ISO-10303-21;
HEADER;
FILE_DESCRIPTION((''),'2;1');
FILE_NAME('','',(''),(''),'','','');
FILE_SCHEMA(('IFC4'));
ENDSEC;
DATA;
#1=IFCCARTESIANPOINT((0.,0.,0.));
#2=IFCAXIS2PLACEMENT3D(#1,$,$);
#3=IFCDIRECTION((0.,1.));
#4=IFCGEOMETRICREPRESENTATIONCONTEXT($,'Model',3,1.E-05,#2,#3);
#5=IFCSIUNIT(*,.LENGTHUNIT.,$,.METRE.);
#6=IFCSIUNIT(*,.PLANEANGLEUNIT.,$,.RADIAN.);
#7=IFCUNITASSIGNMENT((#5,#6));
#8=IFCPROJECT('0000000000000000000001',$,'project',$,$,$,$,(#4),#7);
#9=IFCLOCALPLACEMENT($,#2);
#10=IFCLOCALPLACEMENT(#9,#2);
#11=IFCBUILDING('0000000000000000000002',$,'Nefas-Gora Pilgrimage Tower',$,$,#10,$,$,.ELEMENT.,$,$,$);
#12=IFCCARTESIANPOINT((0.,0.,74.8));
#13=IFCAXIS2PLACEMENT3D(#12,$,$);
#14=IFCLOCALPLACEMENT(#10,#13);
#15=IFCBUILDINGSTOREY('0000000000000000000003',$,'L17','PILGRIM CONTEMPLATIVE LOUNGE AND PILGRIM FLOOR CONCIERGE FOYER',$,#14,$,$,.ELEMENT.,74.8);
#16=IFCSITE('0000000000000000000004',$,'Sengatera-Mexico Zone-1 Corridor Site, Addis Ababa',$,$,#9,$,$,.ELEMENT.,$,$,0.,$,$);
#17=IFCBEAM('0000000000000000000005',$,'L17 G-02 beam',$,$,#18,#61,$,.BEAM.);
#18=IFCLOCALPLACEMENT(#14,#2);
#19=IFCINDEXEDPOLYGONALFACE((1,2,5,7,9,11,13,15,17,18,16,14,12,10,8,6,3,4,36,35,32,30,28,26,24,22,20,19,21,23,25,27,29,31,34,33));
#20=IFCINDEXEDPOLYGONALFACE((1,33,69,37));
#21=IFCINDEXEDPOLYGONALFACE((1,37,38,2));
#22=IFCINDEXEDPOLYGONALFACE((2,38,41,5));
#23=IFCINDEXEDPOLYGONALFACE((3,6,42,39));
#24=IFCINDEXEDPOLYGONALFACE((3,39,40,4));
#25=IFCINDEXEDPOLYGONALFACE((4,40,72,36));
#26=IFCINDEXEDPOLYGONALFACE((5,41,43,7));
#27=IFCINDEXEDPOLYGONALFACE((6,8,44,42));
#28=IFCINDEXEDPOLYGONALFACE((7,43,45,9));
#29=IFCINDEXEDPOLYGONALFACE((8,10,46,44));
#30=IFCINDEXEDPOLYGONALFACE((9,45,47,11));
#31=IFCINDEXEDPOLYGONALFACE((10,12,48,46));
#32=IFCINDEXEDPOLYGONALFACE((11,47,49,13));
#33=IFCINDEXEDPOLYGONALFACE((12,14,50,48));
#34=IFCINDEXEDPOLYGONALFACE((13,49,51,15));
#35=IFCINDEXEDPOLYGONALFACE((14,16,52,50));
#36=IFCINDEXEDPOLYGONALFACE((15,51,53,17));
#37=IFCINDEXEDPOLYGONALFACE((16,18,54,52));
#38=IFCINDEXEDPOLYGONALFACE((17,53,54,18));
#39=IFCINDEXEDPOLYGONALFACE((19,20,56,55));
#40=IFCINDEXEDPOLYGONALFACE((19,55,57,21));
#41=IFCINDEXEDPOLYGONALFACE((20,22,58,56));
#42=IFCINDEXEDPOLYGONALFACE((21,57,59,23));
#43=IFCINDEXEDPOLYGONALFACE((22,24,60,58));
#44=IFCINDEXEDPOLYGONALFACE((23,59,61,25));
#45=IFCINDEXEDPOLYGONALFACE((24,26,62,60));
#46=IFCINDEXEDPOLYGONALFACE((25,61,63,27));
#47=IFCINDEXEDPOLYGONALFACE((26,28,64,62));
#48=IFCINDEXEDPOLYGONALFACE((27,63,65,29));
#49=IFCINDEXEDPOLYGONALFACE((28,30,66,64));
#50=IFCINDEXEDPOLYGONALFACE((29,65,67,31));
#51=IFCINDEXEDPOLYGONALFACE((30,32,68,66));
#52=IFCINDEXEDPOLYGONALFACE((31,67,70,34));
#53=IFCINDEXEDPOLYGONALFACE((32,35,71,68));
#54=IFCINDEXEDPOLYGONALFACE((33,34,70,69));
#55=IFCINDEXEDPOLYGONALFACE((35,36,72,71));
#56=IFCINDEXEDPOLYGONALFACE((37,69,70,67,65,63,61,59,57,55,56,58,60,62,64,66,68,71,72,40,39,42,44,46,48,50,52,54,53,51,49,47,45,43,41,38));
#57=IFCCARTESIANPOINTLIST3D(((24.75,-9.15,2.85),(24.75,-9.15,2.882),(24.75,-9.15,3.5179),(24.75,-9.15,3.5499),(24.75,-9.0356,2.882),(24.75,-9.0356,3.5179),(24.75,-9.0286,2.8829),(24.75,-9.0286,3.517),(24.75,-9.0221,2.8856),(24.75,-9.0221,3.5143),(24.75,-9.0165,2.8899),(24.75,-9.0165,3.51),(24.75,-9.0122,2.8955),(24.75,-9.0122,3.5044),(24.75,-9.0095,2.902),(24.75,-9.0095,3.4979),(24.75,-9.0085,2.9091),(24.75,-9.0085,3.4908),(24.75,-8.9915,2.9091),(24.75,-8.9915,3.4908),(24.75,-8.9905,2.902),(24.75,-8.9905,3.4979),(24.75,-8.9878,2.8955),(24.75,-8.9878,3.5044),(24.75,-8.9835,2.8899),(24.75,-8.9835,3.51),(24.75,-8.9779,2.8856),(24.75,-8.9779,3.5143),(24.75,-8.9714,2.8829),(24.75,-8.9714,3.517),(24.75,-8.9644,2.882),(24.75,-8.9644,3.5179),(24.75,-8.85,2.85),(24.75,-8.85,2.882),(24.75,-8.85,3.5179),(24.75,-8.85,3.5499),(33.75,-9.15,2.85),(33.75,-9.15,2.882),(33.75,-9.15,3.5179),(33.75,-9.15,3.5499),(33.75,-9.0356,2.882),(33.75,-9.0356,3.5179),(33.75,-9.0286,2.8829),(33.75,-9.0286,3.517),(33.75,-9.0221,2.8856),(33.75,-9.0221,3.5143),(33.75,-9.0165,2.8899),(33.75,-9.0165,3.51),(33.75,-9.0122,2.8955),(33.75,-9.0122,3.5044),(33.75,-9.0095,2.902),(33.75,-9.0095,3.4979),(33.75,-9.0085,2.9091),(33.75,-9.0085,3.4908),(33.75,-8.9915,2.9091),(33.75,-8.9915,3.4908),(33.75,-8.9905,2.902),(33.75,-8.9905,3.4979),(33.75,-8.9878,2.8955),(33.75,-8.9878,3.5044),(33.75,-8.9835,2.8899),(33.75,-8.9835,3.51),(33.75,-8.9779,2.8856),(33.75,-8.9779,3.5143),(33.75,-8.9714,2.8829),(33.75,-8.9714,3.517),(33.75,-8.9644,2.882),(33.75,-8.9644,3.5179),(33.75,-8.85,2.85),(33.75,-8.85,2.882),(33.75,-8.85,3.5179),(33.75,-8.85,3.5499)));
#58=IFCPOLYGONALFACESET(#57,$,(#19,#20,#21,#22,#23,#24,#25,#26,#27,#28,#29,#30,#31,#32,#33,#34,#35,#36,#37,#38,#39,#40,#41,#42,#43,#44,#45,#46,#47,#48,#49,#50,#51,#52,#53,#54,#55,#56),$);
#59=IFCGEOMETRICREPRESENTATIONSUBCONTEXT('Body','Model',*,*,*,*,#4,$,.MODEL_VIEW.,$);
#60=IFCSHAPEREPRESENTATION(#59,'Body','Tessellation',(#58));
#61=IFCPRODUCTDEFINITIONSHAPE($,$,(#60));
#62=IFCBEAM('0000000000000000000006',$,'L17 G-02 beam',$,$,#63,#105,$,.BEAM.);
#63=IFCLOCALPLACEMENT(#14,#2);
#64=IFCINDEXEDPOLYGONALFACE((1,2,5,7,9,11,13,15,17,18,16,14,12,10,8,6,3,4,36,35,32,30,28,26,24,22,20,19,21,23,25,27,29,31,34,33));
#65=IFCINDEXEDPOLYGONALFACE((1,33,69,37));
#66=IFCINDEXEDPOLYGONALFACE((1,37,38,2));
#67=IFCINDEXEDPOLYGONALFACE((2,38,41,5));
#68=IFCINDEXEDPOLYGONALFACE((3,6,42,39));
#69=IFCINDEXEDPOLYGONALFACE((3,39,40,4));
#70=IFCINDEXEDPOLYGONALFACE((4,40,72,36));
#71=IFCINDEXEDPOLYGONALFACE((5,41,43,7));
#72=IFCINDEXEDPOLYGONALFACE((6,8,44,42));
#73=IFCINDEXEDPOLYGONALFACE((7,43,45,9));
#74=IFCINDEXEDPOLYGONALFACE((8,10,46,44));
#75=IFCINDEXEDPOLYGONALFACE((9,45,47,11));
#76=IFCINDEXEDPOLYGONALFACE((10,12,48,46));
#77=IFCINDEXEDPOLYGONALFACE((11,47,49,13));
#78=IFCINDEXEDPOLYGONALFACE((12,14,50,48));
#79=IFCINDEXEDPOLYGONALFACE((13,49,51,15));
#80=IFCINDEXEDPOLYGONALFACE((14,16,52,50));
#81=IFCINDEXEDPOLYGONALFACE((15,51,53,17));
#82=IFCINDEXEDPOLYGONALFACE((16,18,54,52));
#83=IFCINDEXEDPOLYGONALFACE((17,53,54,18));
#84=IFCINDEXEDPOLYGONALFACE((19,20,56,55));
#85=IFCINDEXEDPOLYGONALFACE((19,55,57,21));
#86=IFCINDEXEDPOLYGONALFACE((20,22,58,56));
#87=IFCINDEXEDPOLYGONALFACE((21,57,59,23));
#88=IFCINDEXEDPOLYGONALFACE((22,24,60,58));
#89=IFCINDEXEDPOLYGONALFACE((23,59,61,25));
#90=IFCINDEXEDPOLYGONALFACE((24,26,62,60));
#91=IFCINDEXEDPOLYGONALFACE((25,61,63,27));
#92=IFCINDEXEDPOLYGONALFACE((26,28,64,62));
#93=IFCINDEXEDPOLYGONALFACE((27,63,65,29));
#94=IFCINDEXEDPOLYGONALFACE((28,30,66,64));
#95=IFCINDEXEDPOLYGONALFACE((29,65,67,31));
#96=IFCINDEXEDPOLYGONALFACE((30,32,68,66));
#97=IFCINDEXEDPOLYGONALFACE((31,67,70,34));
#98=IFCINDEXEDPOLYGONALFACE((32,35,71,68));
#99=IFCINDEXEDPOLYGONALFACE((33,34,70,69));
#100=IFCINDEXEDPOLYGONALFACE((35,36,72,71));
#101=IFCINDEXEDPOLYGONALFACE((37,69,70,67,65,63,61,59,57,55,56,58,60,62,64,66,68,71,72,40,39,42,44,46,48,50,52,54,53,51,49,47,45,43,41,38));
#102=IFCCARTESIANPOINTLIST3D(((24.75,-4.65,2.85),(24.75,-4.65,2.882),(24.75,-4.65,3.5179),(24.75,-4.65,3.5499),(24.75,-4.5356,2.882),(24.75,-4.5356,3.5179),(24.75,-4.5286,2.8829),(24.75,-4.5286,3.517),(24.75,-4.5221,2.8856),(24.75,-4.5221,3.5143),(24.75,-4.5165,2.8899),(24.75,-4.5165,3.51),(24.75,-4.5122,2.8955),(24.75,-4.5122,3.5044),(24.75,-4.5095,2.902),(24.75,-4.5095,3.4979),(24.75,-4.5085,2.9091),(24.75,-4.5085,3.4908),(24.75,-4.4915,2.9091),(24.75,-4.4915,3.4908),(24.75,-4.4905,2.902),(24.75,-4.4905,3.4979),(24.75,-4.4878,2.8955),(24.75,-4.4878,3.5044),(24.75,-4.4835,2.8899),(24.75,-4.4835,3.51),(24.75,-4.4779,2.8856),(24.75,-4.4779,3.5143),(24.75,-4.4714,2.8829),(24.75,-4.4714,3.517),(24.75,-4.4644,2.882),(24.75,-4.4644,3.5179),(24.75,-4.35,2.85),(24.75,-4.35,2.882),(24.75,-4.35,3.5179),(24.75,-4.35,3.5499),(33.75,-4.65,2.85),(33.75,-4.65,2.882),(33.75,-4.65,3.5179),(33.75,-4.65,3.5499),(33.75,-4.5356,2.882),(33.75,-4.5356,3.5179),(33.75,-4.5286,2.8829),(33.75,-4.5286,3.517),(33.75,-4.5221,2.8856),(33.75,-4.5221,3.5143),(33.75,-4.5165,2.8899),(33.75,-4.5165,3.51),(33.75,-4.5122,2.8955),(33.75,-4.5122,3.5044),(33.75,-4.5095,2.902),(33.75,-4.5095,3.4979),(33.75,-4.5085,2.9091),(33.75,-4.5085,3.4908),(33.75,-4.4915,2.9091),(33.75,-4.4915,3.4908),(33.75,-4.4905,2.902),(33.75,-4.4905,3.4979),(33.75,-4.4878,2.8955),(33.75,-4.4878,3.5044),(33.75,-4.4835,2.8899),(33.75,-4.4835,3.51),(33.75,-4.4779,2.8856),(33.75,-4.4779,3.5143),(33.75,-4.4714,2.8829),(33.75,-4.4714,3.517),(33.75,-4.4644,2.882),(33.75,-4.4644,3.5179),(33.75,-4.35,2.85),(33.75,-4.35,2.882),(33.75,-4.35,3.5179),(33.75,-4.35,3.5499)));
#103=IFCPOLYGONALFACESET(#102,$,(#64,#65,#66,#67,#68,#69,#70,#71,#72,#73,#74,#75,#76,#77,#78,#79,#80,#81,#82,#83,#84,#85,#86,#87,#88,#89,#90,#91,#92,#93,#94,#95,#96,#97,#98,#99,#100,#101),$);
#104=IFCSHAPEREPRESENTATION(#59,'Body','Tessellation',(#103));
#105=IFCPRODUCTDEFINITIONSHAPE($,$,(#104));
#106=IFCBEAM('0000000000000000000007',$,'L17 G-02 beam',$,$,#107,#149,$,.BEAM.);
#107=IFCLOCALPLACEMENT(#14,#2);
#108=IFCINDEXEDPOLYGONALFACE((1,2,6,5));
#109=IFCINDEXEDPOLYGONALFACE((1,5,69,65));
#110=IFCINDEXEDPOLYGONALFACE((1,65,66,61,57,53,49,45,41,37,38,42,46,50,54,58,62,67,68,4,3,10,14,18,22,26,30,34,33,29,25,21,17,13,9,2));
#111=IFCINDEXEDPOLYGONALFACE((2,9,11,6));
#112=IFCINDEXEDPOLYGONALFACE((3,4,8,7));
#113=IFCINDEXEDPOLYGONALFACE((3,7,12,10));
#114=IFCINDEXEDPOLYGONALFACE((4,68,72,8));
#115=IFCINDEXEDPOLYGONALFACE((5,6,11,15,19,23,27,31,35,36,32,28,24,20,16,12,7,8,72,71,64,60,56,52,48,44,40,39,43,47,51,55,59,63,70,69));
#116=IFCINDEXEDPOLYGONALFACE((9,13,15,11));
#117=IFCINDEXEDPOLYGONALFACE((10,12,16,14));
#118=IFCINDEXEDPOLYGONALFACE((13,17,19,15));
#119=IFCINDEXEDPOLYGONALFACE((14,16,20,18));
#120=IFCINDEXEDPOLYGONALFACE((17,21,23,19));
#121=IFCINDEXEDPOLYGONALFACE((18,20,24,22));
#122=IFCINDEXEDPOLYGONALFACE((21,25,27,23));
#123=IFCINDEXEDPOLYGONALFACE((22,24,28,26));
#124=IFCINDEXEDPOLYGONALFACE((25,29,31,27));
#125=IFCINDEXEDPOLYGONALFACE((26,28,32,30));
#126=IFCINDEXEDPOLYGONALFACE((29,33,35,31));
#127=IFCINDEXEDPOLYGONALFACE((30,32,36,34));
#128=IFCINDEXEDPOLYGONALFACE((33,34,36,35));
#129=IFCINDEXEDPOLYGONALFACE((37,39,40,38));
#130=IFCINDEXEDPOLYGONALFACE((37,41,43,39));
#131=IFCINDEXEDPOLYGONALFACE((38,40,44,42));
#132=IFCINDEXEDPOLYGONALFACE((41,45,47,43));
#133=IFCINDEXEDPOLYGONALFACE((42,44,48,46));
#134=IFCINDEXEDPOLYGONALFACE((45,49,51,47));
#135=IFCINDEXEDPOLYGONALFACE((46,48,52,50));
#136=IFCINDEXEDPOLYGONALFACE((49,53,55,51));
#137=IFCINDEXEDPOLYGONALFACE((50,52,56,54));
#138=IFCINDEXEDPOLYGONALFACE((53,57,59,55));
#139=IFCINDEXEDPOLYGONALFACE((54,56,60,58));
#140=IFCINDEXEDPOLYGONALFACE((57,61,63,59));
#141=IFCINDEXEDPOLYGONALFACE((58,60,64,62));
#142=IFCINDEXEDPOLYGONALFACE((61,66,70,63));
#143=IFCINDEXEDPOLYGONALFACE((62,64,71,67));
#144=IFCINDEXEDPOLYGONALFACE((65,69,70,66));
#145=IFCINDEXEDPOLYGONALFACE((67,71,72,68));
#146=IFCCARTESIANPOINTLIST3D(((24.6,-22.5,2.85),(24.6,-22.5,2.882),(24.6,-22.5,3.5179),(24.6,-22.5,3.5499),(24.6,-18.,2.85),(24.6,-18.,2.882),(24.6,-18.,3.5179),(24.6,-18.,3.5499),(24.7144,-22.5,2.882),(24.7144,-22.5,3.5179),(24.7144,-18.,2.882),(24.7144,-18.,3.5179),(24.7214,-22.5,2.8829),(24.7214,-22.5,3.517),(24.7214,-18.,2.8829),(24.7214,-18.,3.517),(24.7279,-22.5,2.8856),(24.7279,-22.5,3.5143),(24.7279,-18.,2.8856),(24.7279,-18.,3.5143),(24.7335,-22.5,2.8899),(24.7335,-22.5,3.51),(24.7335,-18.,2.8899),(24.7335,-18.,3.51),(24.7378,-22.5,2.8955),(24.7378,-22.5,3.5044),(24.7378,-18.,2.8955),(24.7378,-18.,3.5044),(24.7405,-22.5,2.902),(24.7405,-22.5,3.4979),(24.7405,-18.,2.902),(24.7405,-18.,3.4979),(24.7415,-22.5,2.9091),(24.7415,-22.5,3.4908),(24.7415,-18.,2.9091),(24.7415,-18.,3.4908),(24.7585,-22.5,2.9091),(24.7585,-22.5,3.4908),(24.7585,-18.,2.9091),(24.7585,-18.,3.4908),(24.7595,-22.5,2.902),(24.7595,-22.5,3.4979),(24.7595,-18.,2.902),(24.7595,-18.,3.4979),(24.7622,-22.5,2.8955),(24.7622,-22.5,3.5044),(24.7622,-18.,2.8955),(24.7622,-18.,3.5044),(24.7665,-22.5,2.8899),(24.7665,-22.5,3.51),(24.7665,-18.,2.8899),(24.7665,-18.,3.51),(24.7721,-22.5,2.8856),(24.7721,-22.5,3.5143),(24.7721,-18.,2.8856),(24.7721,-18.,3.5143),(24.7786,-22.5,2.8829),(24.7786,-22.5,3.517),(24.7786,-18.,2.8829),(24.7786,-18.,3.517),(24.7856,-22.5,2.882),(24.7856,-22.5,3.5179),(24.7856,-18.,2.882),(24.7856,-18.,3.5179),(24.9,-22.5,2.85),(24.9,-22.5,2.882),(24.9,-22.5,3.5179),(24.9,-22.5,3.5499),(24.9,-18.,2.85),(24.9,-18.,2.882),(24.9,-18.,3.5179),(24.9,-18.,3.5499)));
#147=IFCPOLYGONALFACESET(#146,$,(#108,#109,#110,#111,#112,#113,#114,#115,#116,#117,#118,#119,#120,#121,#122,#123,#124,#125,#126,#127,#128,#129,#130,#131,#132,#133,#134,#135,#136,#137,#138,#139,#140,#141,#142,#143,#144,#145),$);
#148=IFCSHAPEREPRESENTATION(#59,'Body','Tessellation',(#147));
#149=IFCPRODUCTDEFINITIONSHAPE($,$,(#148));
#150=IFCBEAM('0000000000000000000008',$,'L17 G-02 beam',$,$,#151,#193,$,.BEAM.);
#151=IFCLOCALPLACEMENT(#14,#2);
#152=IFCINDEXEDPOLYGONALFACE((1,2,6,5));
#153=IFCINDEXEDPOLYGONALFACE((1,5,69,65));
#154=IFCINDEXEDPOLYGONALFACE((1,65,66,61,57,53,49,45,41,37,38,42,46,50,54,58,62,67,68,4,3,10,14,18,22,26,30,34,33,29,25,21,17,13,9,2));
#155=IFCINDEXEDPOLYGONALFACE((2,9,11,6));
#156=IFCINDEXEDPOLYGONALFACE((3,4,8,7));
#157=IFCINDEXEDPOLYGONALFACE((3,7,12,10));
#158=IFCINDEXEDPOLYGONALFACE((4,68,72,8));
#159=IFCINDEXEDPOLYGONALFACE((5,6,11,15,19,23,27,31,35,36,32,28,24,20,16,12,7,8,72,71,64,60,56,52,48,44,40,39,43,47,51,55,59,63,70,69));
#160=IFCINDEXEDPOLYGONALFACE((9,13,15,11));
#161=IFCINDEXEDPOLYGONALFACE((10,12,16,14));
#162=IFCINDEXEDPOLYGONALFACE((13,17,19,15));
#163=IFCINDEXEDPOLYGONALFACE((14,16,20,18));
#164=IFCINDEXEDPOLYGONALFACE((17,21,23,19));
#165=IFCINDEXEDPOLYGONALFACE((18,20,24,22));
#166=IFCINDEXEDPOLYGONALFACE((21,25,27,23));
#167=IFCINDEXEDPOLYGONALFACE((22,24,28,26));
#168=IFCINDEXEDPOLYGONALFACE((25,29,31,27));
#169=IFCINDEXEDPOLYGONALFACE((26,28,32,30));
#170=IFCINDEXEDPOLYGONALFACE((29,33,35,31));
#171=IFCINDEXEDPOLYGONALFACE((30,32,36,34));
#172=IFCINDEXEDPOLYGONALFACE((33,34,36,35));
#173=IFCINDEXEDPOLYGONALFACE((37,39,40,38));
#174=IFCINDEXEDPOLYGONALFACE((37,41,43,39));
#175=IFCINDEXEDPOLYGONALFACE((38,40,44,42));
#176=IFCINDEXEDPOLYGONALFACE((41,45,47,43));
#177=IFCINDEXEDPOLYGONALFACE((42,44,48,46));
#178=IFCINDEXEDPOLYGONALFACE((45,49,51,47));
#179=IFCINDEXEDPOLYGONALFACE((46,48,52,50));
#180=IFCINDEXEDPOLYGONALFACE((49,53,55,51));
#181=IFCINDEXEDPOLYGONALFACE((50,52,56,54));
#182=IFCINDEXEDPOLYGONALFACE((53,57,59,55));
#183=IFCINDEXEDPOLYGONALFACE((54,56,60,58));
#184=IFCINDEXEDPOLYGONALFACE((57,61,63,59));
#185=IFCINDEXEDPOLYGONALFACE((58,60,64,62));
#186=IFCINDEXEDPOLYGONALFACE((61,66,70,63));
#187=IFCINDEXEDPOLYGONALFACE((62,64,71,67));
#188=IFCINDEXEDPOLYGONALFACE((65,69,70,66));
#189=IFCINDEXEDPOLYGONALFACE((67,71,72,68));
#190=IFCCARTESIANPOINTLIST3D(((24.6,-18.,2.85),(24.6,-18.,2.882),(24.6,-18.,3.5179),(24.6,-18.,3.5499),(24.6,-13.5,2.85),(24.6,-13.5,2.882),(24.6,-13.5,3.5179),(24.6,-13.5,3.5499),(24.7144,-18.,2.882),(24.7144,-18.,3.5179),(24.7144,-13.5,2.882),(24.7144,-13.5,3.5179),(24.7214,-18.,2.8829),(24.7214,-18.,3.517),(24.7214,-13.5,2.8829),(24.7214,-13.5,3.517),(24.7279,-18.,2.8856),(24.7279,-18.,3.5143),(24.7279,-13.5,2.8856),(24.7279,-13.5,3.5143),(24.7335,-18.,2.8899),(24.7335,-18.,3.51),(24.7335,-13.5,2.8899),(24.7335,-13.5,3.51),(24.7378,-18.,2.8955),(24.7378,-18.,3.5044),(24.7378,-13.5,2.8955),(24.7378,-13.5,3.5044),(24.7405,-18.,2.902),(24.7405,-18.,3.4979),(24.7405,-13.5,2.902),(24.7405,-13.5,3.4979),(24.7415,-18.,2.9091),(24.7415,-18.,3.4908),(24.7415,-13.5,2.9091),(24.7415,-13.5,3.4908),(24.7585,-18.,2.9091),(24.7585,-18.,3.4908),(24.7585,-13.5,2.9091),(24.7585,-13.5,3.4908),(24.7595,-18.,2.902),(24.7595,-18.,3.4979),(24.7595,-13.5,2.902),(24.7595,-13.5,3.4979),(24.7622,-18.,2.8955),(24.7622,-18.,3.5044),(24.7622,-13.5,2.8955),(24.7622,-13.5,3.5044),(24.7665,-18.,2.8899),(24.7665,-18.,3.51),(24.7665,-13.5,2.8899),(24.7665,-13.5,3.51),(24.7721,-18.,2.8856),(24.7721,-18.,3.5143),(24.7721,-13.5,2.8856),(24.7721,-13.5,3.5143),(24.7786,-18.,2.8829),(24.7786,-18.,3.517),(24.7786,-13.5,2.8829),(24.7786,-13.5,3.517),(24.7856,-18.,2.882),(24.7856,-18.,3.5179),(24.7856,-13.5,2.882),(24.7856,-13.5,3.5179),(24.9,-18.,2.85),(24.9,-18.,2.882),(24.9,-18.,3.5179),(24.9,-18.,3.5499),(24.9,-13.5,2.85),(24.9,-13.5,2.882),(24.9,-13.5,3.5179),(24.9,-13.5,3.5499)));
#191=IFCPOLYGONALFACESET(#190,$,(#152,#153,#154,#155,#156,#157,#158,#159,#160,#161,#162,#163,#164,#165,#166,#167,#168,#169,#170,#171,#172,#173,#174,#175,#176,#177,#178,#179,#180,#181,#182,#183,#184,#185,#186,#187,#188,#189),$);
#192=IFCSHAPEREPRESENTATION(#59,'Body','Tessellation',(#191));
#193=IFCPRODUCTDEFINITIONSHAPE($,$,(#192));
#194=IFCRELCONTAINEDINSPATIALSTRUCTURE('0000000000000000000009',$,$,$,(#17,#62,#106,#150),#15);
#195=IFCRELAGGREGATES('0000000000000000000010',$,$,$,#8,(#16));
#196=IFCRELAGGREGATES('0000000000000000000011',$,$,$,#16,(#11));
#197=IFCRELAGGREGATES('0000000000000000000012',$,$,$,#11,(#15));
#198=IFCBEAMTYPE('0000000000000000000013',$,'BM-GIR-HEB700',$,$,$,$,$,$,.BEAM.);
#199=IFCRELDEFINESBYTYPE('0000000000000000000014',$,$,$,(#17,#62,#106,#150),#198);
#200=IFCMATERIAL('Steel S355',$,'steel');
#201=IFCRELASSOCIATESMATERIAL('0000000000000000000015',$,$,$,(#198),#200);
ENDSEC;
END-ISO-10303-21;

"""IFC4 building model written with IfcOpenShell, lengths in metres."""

from ifc_helpers import new_model, si_unit, direction, frame, origin, origin_2d, place, context, subcontext, project, spatial, i_section, extrude, source, transform, mapped, material, material_profile, profile_set, type_object, element, save


model = new_model("IFC4")

# Units and contexts
model_context = context("Model", 3, precision=1e-05, world=origin(), true_north=direction((0.0, 1.0)))
body_context = subcontext(model_context, "Body", "Model", "MODEL_VIEW")
ifc_project = project(units=[si_unit("LENGTHUNIT", "METRE"), si_unit("PLANEANGLEUNIT", "RADIAN")], contexts=[model_context])

# Site, building, storey
site_placement = place(None, origin())
site = spatial("IfcSite", under=ifc_project, at=site_placement, Name="Sengatera-Mexico Zone-1 Corridor Site, Addis Ababa", CompositionType="ELEMENT", RefElevation=0.0)
building_placement = place(site_placement, origin())
building = spatial("IfcBuilding", under=site, at=building_placement, Name="Nefas-Gora Pilgrimage Tower", CompositionType="ELEMENT")
storey_placement = place(building_placement, frame((0.0, 0.0, 74.8)))
storey = spatial("IfcBuildingStorey", under=building, at=storey_placement, Name="L17", Description="PILGRIM CONTEMPLATIVE LOUNGE AND PILGRIM FLOOR CONCIERGE FOYER", CompositionType="ELEMENT", Elevation=74.8)

# Beams
ifc_material_1 = material(Name="Steel S355", Category="steel")
ifc_material_profile_1 = material_profile(ifc_material_1, i_section(OverallWidth=0.3, OverallDepth=0.7, WebThickness=0.0171, FlangeThickness=0.032, FilletRadius=0.0271, at=origin_2d()), Name="HEB 700")
ifc_profile_set_1 = profile_set([ifc_material_profile_1], Name="Steel S355")
beam_type_1 = type_object("IfcBeamType", Name="BM-GIR-HEB700", PredefinedType="BEAM", material=ifc_profile_set_1)
shared_shape_1 = source(origin(), body_context, "Body", "SweptSolid", [
    extrude(i_section(OverallWidth=0.3, OverallDepth=0.7, WebThickness=0.0171, FlangeThickness=0.032, FilletRadius=0.0271, at=origin_2d()), origin(), (0.0, 0.0, 1.0), 9.0),
])
for number, where, z_axis, x_axis, name in (
    (1, (24.75, -9.0, 3.2), (1.0, 0.0, 0.0), (0.0, 1.0, 0.0), "L17 G-02 beam"),
    (2, (24.75, -4.5, 3.2), (1.0, 0.0, 0.0), (0.0, 1.0, 0.0), "L17 G-02 beam"),
):
    element("IfcBeam", number, at=place(storey_placement, frame(where, z_axis=z_axis, x_axis=x_axis)), inside=storey, type_object=beam_type_1, Name=name, PredefinedType="BEAM", context=body_context, shape_type="MappedRepresentation", body=[
        mapped(shared_shape_1, transform((0.0, 0.0, 0.0), x_axis=(1.0, 0.0, 0.0), y_axis=(0.0, 1.0, 0.0), z_axis=(0.0, 0.0, 1.0), scale=1.0)),
    ])
shared_shape_2 = source(origin(), body_context, "Body", "SweptSolid", [
    extrude(i_section(OverallWidth=0.3, OverallDepth=0.7, WebThickness=0.0171, FlangeThickness=0.032, FilletRadius=0.0271, at=origin_2d()), origin(), (0.0, 0.0, 1.0), 4.5),
])
for number, where, z_axis, x_axis, name in (
    (3, (24.75, -22.5, 3.2), (0.0, 1.0, 0.0), (-1.0, 0.0, 0.0), "L17 G-02 beam"),
    (4, (24.75, -18.0, 3.2), (0.0, 1.0, 0.0), (-1.0, 0.0, 0.0), "L17 G-02 beam"),
):
    element("IfcBeam", number, at=place(storey_placement, frame(where, z_axis=z_axis, x_axis=x_axis)), inside=storey, type_object=beam_type_1, Name=name, PredefinedType="BEAM", context=body_context, shape_type="MappedRepresentation", body=[
        mapped(shared_shape_2, transform((0.0, 0.0, 0.0), x_axis=(1.0, 0.0, 0.0), y_axis=(0.0, 1.0, 0.0), z_axis=(0.0, 0.0, 1.0), scale=1.0)),
    ])

save(model, "model.ifc")
